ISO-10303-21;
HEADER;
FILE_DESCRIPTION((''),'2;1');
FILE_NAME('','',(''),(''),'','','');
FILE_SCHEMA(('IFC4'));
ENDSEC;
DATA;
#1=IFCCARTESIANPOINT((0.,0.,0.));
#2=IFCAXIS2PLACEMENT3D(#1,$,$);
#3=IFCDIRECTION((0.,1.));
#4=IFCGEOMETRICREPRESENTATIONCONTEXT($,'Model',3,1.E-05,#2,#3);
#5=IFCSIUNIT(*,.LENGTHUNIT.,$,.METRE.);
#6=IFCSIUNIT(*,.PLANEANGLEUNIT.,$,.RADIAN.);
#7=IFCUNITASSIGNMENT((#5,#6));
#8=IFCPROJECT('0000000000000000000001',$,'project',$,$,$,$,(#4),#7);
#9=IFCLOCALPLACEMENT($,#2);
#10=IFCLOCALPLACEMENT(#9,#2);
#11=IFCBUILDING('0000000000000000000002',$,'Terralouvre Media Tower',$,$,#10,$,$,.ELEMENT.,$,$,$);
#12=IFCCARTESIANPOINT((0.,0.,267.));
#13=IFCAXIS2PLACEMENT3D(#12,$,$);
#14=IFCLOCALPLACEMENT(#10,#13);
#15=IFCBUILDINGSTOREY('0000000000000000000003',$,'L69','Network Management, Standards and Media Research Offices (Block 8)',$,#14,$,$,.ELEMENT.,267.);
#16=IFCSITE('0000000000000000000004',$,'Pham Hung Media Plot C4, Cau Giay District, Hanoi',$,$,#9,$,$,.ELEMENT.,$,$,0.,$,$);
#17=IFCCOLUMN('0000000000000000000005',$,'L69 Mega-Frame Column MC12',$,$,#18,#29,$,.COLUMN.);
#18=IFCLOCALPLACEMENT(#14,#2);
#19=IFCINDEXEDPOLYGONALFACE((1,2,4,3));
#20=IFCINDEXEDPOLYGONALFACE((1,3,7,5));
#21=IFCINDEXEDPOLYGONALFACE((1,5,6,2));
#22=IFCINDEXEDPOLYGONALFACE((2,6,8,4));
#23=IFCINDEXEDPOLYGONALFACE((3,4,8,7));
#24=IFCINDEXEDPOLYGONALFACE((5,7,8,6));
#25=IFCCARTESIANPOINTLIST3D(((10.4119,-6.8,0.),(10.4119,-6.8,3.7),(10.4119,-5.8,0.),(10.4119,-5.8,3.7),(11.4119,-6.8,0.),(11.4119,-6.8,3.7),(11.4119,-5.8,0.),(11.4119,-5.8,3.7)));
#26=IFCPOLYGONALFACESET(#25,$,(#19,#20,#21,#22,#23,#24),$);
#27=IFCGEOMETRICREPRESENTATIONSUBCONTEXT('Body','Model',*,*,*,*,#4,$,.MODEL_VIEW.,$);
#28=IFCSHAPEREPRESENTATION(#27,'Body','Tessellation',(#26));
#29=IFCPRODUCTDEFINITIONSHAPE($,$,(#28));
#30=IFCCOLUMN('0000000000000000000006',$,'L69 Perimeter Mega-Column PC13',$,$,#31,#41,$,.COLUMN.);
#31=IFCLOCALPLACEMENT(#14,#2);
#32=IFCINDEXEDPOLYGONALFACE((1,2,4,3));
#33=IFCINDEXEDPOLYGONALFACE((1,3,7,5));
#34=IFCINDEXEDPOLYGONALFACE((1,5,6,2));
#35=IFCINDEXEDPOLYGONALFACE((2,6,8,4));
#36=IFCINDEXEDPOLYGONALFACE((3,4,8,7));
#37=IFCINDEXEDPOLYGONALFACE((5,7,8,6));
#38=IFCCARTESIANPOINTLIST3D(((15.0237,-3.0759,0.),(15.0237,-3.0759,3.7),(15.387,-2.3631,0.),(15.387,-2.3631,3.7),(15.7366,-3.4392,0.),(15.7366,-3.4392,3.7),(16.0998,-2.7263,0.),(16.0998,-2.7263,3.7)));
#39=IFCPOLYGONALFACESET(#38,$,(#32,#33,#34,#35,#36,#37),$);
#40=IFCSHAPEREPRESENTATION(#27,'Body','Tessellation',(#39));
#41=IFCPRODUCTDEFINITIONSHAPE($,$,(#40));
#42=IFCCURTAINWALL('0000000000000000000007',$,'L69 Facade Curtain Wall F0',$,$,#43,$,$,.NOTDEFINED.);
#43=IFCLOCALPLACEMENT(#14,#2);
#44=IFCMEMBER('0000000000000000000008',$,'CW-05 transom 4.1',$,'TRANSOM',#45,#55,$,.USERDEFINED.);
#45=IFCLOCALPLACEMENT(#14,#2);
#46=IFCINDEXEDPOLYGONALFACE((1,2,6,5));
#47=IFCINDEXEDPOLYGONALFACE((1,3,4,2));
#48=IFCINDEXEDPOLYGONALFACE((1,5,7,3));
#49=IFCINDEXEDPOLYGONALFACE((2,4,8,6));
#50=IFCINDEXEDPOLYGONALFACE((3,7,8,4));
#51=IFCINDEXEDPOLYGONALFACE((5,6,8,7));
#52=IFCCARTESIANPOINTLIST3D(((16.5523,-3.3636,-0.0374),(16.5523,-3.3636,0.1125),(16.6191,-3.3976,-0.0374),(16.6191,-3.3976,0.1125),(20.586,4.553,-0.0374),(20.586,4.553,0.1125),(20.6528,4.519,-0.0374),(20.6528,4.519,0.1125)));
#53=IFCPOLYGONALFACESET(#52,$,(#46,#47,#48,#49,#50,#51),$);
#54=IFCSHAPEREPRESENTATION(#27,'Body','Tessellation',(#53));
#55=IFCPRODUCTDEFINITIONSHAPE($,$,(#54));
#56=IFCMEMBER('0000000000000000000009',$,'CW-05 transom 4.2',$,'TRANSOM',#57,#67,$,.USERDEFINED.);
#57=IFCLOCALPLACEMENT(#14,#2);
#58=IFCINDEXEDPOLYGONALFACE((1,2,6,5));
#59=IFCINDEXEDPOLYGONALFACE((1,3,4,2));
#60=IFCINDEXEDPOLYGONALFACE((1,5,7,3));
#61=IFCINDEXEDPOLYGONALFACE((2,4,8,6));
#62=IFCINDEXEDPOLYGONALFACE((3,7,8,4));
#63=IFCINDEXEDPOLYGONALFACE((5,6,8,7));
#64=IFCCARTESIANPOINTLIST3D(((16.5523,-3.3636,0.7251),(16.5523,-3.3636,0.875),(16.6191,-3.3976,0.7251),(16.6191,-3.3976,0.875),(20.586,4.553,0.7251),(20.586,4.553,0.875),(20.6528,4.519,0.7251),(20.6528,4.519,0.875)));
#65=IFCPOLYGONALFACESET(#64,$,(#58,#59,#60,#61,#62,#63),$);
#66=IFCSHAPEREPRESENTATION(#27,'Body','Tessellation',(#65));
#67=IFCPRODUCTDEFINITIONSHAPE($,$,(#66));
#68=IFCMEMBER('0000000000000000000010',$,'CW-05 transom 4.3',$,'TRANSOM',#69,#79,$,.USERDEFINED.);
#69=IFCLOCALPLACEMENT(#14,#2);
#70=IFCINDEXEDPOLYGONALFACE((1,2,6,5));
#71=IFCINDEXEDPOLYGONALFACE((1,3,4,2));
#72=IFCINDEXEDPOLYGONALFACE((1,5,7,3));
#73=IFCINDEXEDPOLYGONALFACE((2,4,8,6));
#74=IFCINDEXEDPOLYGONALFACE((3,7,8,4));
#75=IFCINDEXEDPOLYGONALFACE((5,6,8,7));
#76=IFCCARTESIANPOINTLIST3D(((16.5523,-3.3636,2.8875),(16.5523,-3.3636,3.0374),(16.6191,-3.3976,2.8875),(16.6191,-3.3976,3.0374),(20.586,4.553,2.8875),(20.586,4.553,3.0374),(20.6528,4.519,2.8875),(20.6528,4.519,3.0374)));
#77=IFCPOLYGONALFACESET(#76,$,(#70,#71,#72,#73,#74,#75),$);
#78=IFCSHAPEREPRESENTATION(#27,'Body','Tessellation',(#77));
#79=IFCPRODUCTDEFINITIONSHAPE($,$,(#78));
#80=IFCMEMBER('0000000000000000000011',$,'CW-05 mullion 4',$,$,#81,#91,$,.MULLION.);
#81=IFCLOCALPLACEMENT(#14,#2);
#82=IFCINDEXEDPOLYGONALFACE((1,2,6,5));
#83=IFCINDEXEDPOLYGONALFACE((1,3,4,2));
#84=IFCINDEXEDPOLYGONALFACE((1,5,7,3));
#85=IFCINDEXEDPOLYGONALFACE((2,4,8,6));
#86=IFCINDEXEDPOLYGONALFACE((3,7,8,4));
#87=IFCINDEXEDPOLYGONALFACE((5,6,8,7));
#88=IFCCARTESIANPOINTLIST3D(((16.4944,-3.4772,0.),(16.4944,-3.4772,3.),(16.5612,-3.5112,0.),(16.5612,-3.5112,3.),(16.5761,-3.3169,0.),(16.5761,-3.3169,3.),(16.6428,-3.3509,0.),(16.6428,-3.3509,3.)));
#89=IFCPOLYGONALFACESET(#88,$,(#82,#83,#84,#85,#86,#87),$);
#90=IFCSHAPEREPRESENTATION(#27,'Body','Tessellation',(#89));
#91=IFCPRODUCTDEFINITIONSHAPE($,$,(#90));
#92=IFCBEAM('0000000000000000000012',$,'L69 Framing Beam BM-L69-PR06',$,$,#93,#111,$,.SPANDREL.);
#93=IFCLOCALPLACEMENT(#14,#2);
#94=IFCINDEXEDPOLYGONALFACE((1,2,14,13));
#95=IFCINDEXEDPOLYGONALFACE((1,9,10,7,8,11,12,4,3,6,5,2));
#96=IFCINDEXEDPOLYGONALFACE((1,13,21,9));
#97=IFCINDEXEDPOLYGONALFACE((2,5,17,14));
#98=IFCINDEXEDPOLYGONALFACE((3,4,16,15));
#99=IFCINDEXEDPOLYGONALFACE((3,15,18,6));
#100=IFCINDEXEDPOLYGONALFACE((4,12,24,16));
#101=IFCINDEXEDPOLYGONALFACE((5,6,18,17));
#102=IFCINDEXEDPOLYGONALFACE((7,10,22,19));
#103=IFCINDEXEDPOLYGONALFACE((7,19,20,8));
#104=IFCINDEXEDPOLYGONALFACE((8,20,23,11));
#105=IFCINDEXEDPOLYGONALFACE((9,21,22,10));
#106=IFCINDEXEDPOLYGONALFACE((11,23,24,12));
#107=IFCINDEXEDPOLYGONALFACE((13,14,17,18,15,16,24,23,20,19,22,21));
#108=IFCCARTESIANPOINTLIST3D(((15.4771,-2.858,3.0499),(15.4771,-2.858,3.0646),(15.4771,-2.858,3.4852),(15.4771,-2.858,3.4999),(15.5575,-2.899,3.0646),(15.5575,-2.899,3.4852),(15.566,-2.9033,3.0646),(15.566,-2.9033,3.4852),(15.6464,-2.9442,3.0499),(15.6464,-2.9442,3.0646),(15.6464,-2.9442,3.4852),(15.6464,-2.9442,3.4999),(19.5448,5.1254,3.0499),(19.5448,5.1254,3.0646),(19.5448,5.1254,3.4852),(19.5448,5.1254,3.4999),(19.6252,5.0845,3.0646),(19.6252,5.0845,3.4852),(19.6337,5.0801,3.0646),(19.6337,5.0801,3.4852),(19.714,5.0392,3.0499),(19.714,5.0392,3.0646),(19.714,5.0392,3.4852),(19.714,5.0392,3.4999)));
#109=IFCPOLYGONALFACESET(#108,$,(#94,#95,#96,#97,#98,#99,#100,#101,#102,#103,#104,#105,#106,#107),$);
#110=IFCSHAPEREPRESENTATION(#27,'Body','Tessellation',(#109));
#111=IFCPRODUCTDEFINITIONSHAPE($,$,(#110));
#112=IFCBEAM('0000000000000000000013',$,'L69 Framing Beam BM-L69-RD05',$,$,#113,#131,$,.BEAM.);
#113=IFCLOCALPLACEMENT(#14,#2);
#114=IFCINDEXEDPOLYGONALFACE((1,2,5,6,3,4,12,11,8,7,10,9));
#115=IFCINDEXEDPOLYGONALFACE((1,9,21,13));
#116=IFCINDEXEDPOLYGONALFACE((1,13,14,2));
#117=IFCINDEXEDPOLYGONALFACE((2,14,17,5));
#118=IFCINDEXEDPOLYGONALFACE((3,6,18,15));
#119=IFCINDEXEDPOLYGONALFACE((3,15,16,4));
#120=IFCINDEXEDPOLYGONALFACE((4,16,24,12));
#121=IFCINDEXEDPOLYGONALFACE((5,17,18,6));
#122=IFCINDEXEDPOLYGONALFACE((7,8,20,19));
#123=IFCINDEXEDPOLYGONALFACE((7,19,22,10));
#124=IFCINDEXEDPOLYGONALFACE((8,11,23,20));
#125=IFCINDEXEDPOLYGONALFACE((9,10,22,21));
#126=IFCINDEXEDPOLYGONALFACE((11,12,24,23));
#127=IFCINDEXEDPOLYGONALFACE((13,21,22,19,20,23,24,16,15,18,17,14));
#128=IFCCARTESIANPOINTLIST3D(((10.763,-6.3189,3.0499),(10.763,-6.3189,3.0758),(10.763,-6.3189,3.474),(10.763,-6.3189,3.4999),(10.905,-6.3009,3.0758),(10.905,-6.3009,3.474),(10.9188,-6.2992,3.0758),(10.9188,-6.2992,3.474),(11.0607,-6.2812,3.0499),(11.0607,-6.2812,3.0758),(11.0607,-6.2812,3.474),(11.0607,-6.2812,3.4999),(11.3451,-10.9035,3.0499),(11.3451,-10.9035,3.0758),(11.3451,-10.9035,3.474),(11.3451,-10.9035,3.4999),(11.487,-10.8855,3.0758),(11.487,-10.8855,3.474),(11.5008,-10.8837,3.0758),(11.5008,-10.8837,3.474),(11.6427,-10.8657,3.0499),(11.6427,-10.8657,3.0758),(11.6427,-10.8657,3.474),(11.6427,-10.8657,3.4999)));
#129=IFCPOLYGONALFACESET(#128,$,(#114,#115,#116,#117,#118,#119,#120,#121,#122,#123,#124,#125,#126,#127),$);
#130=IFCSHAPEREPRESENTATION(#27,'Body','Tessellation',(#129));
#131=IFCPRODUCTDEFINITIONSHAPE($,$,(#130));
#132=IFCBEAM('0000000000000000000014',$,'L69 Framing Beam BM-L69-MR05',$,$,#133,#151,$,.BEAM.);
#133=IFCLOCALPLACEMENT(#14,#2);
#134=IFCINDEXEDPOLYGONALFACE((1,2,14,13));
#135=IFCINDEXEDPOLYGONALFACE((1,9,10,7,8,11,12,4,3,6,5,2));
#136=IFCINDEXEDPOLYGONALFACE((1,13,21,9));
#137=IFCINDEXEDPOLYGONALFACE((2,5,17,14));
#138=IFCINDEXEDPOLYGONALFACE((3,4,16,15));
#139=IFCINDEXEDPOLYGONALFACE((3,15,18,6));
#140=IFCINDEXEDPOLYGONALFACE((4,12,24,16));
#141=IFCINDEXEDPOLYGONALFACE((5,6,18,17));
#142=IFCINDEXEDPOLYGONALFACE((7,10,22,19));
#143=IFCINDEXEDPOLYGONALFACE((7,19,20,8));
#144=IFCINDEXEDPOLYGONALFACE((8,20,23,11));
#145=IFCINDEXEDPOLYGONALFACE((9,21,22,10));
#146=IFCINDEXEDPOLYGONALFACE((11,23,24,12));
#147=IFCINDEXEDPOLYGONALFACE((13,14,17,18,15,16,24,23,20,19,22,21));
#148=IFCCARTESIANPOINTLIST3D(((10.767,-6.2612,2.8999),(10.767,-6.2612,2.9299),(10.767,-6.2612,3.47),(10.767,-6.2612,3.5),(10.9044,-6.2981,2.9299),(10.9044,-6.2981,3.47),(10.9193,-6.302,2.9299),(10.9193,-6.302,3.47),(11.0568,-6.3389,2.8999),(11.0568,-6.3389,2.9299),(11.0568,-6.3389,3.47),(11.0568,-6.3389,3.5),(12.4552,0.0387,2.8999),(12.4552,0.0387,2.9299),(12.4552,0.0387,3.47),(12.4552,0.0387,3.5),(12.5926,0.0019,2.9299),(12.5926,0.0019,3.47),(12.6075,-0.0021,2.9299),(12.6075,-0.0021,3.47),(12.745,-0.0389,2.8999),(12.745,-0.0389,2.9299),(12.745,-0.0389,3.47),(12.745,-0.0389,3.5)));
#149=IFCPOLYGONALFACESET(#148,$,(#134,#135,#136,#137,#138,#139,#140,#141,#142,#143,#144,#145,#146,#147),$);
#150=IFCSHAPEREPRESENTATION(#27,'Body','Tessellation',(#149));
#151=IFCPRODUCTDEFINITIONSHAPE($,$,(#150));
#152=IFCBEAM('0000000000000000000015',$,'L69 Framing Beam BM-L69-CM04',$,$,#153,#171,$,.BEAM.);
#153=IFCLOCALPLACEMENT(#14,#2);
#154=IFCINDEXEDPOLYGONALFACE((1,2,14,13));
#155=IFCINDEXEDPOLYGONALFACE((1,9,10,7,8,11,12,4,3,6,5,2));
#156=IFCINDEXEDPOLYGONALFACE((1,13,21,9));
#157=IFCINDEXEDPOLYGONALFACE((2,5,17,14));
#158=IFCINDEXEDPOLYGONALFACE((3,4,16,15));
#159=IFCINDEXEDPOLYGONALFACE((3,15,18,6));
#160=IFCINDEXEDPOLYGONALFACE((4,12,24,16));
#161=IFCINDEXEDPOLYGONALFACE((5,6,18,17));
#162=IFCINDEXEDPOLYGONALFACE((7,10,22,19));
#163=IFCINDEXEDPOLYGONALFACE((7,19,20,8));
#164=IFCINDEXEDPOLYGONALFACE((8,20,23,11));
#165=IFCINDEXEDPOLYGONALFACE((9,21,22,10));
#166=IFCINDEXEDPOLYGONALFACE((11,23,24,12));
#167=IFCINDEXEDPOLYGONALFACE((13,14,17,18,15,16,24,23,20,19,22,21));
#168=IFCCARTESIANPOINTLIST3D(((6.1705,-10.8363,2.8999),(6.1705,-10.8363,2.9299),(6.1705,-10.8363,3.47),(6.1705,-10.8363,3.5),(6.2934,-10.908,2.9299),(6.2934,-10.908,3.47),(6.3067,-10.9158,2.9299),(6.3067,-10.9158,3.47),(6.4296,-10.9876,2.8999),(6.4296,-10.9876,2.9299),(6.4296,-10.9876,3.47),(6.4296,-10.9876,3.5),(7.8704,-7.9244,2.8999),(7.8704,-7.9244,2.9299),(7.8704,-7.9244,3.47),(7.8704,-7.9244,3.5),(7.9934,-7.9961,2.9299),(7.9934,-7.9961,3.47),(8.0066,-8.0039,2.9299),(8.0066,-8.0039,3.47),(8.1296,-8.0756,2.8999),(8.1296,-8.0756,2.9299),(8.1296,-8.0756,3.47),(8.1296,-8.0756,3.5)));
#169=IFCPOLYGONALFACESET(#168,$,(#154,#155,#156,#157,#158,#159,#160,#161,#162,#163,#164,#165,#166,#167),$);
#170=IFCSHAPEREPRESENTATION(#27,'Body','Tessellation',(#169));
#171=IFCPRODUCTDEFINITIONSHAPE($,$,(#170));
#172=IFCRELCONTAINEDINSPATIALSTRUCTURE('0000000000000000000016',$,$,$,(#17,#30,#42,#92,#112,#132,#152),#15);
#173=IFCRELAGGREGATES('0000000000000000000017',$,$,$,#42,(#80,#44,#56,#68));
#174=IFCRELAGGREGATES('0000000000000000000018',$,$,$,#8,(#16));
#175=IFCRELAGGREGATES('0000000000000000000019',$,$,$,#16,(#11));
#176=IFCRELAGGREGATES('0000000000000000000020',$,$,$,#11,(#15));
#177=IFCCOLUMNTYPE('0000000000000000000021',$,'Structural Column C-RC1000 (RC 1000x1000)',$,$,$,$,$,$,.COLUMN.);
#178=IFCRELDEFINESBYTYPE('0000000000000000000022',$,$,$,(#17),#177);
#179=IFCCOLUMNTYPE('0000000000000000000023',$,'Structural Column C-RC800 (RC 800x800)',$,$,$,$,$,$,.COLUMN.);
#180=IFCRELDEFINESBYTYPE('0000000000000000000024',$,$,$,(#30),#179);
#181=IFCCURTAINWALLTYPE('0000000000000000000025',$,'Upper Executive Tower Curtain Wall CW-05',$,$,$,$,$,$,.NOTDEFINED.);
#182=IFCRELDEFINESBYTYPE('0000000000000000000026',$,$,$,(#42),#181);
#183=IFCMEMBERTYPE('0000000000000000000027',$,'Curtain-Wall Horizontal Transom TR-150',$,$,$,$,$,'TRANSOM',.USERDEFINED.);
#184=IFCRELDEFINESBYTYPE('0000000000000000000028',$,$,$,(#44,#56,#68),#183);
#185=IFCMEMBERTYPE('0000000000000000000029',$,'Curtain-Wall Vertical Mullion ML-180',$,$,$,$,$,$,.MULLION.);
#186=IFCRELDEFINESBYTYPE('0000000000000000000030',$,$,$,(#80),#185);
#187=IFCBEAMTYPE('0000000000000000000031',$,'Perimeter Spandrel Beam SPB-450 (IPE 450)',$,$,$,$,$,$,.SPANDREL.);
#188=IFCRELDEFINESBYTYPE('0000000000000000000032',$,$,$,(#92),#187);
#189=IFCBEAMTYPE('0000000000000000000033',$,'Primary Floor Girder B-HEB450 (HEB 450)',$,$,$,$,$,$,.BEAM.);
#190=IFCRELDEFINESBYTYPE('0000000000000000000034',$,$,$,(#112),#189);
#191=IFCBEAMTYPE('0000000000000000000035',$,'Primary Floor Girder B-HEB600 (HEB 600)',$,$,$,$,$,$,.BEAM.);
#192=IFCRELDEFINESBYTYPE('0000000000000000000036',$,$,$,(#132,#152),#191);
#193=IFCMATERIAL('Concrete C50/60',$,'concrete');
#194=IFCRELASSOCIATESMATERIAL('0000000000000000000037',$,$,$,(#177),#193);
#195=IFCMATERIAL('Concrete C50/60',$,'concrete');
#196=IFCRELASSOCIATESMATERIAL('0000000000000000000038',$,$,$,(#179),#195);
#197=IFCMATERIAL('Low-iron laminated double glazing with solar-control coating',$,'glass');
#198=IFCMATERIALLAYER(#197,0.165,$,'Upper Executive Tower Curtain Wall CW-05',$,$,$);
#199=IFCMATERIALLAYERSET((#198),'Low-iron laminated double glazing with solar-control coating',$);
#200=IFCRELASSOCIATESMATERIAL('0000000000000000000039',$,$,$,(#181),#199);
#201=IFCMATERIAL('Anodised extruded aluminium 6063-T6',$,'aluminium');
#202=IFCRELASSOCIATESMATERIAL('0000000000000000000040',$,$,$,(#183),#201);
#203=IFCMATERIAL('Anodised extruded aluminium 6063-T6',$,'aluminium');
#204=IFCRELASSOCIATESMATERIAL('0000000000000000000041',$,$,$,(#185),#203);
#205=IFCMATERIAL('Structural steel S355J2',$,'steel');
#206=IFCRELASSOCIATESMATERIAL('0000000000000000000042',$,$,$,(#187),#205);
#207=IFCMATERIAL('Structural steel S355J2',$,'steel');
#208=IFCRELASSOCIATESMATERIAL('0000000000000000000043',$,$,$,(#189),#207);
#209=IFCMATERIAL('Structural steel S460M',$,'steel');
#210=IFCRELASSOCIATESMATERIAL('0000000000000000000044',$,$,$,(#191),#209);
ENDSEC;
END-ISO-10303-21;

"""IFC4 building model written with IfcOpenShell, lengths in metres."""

from ifc_helpers import new_model, si_unit, direction, frame, origin, origin_2d, place, context, subcontext, project, spatial, rectangle, i_section, extrude, material, layer, layer_set, material_profile, profile_set, type_object, element, aggregate, save


model = new_model("IFC4")

# Units and contexts
model_context = context("Model", 3, precision=1e-05, world=origin(), true_north=direction((0.0, 1.0)))
body_context = subcontext(model_context, "Body", "Model", "MODEL_VIEW")
ifc_project = project(units=[si_unit("LENGTHUNIT", "METRE"), si_unit("PLANEANGLEUNIT", "RADIAN")], contexts=[model_context])

# Site, building, storey
site_placement = place(None, origin())
site = spatial("IfcSite", under=ifc_project, at=site_placement, Name="Pham Hung Media Plot C4, Cau Giay District, Hanoi", CompositionType="ELEMENT", RefElevation=0.0)
building_placement = place(site_placement, origin())
building = spatial("IfcBuilding", under=site, at=building_placement, Name="Terralouvre Media Tower", CompositionType="ELEMENT")
storey_placement = place(building_placement, frame((0.0, 0.0, 267.0)))
storey = spatial("IfcBuildingStorey", under=building, at=storey_placement, Name="L69", Description="Network Management, Standards and Media Research Offices (Block 8)", CompositionType="ELEMENT", Elevation=267.0)

# Columns
ifc_material_1 = material(Name="Concrete C50/60", Category="concrete")
ifc_material_profile_1 = material_profile(ifc_material_1, rectangle(XDim=1.0, YDim=1.0, at=origin_2d()), Name="RC 1000x1000")
ifc_profile_set_1 = profile_set([ifc_material_profile_1], Name="Concrete C50/60")
column_type_1 = type_object("IfcColumnType", Name="Structural Column C-RC1000 (RC 1000x1000)", PredefinedType="COLUMN", material=ifc_profile_set_1)
column_1_placement = place(storey_placement, frame((10.9119, -6.3, 0.0), z_axis=(0.0, 0.0, 1.0), x_axis=(1.0, 0.0, 0.0)))
element("IfcColumn", 1, at=column_1_placement, inside=storey, type_object=column_type_1, Name="L69 Mega-Frame Column MC12", PredefinedType="COLUMN", context=body_context, shape_type="SweptSolid", body=[
    extrude(rectangle(XDim=1.0, YDim=1.0, at=origin_2d()), origin(), (0.0, 0.0, 1.0), 3.7),
])
ifc_material_2 = material(Name="Concrete C50/60", Category="concrete")
ifc_material_profile_2 = material_profile(ifc_material_2, rectangle(XDim=0.8, YDim=0.8, at=origin_2d()), Name="RC 800x800")
ifc_profile_set_2 = profile_set([ifc_material_profile_2], Name="Concrete C50/60")
column_type_2 = type_object("IfcColumnType", Name="Structural Column C-RC800 (RC 800x800)", PredefinedType="COLUMN", material=ifc_profile_set_2)
column_2_placement = place(storey_placement, frame((15.5618, -2.9011, 0.0), z_axis=(0.0, 0.0, 1.0), x_axis=(0.45399, 0.891007, 0.0)))
element("IfcColumn", 2, at=column_2_placement, inside=storey, type_object=column_type_2, Name="L69 Perimeter Mega-Column PC13", PredefinedType="COLUMN", context=body_context, shape_type="SweptSolid", body=[
    extrude(rectangle(XDim=0.8, YDim=0.8, at=origin_2d()), origin(), (0.0, 0.0, 1.0), 3.7),
])

# Curtain wall, members
ifc_material_3 = material(Name="Low-iron laminated double glazing with solar-control coating", Category="glass")
ifc_layer_1 = layer(ifc_material_3, 0.165, Name="Upper Executive Tower Curtain Wall CW-05")
ifc_layer_set_1 = layer_set([ifc_layer_1], Name="Low-iron laminated double glazing with solar-control coating")
curtain_wall_type = type_object("IfcCurtainWallType", Name="Upper Executive Tower Curtain Wall CW-05", PredefinedType="NOTDEFINED", material=ifc_layer_set_1)
curtain_wall_placement = place(storey_placement, origin())
curtain_wall = element("IfcCurtainWall", 3, at=curtain_wall_placement, inside=storey, type_object=curtain_wall_type, Name="L69 Facade Curtain Wall F0", PredefinedType="NOTDEFINED")
ifc_material_4 = material(Name="Anodised extruded aluminium 6063-T6", Category="aluminium")
ifc_material_profile_3 = material_profile(ifc_material_4, rectangle(XDim=0.075, YDim=0.1499, at=origin_2d()), Name="ALU 75x150")
ifc_profile_set_3 = profile_set([ifc_material_profile_3], Name="Anodised extruded aluminium 6063-T6")
member_type_1 = type_object("IfcMemberType", Name="Curtain-Wall Horizontal Transom TR-150", ElementType="TRANSOM", PredefinedType="USERDEFINED", material=ifc_profile_set_3)
member_1_placement = place(storey_placement, frame((16.5857, -3.3806, 0.0376), z_axis=(0.453993, 0.891005, 0.0), x_axis=(-0.891005, 0.453993, 0.0)))
member_1 = element("IfcMember", 4, at=member_1_placement, type_object=member_type_1, Name="CW-05 transom 4.1", ObjectType="TRANSOM", PredefinedType="USERDEFINED", context=body_context, shape_type="SweptSolid", body=[
    extrude(rectangle(XDim=0.075, YDim=0.1499, at=origin_2d()), origin(), (0.0, 0.0, 1.0), 8.885),
])
member_2_placement = place(storey_placement, frame((16.5857, -3.3806, 0.8), z_axis=(0.453993, 0.891005, 0.0), x_axis=(-0.891005, 0.453993, 0.0)))
member_2 = element("IfcMember", 5, at=member_2_placement, type_object=member_type_1, Name="CW-05 transom 4.2", ObjectType="TRANSOM", PredefinedType="USERDEFINED", context=body_context, shape_type="SweptSolid", body=[
    extrude(rectangle(XDim=0.075, YDim=0.1499, at=origin_2d()), origin(), (0.0, 0.0, 1.0), 8.885),
])
member_3_placement = place(storey_placement, frame((16.5857, -3.3806, 2.9624), z_axis=(0.453993, 0.891005, 0.0), x_axis=(-0.891005, 0.453993, 0.0)))
member_3 = element("IfcMember", 6, at=member_3_placement, type_object=member_type_1, Name="CW-05 transom 4.3", ObjectType="TRANSOM", PredefinedType="USERDEFINED", context=body_context, shape_type="SweptSolid", body=[
    extrude(rectangle(XDim=0.075, YDim=0.1499, at=origin_2d()), origin(), (0.0, 0.0, 1.0), 8.885),
])
ifc_material_5 = material(Name="Anodised extruded aluminium 6063-T6", Category="aluminium")
ifc_material_profile_4 = material_profile(ifc_material_5, rectangle(XDim=0.075, YDim=0.1799, at=origin_2d()), Name="ALU 75x180")
ifc_profile_set_4 = profile_set([ifc_material_profile_4], Name="Anodised extruded aluminium 6063-T6")
member_type_2 = type_object("IfcMemberType", Name="Curtain-Wall Vertical Mullion ML-180", PredefinedType="MULLION", material=ifc_profile_set_4)
member_4_placement = place(storey_placement, frame((16.5686, -3.4141, 0.0), z_axis=(0.0, 0.0, 1.0), x_axis=(-0.891007, 0.45399, 0.0)))
member_4 = element("IfcMember", 7, at=member_4_placement, type_object=member_type_2, Name="CW-05 mullion 4", PredefinedType="MULLION", context=body_context, shape_type="SweptSolid", body=[
    extrude(rectangle(XDim=0.075, YDim=0.1799, at=origin_2d()), origin(), (0.0, 0.0, 1.0), 3.0),
])

# Beams
ifc_material_6 = material(Name="Structural steel S355J2", Category="steel")
ifc_material_profile_5 = material_profile(ifc_material_6, i_section(OverallWidth=0.1899, OverallDepth=0.45, WebThickness=0.0095, FlangeThickness=0.0146, at=origin_2d()), Name="IPE 450")
ifc_profile_set_5 = profile_set([ifc_material_profile_5], Name="Structural steel S355J2")
beam_type_1 = type_object("IfcBeamType", Name="Perimeter Spandrel Beam SPB-450 (IPE 450)", PredefinedType="SPANDREL", material=ifc_profile_set_5)
beam_1_placement = place(storey_placement, frame((15.5618, -2.9011, 3.2749), z_axis=(0.45398, 0.891012, 0.0), x_axis=(-0.891012, 0.45398, 0.0)))
element("IfcBeam", 8, at=beam_1_placement, inside=storey, type_object=beam_type_1, Name="L69 Framing Beam BM-L69-PR06", PredefinedType="SPANDREL", context=body_context, shape_type="SweptSolid", body=[
    extrude(i_section(OverallWidth=0.1899, OverallDepth=0.45, WebThickness=0.0095, FlangeThickness=0.0146, at=origin_2d()), origin(), (0.0, 0.0, 1.0), 8.96),
])
ifc_material_7 = material(Name="Structural steel S355J2", Category="steel")
ifc_material_profile_6 = material_profile(ifc_material_7, i_section(OverallWidth=0.3, OverallDepth=0.45, WebThickness=0.0139, FlangeThickness=0.0259, at=origin_2d()), Name="HEB 450")
ifc_profile_set_6 = profile_set([ifc_material_profile_6], Name="Structural steel S355J2")
beam_type_2 = type_object("IfcBeamType", Name="Primary Floor Girder B-HEB450 (HEB 450)", PredefinedType="BEAM", material=ifc_profile_set_6)
beam_2_placement = place(storey_placement, frame((10.9119, -6.3, 3.2749), z_axis=(0.125946, -0.992037, 0.0), x_axis=(0.992037, 0.125946, 0.0)))
element("IfcBeam", 9, at=beam_2_placement, inside=storey, type_object=beam_type_2, Name="L69 Framing Beam BM-L69-RD05", PredefinedType="BEAM", context=body_context, shape_type="SweptSolid", body=[
    extrude(i_section(OverallWidth=0.3, OverallDepth=0.45, WebThickness=0.0139, FlangeThickness=0.0259, at=origin_2d()), origin(), (0.0, 0.0, 1.0), 4.6213),
])
ifc_material_8 = material(Name="Structural steel S460M", Category="steel")
ifc_material_profile_7 = material_profile(ifc_material_8, i_section(OverallWidth=0.3, OverallDepth=0.6001, WebThickness=0.0154, FlangeThickness=0.03, at=origin_2d()), Name="HEB 600")
ifc_profile_set_7 = profile_set([ifc_material_profile_7], Name="Structural steel S460M")
beam_type_3 = type_object("IfcBeamType", Name="Primary Floor Girder B-HEB600 (HEB 600)", PredefinedType="BEAM", material=ifc_profile_set_7)
beam_3_placement = place(storey_placement, frame((10.9119, -6.3, 3.2), z_axis=(0.258839, 0.96592, 0.0), x_axis=(-0.96592, 0.258839, 0.0)))
element("IfcBeam", 10, at=beam_3_placement, inside=storey, type_object=beam_type_3, Name="L69 Framing Beam BM-L69-MR05", PredefinedType="BEAM", context=body_context, shape_type="SweptSolid", body=[
    extrude(i_section(OverallWidth=0.3, OverallDepth=0.6001, WebThickness=0.0154, FlangeThickness=0.03, at=origin_2d()), origin(), (0.0, 0.0, 1.0), 6.5222),
])
for number, where, z_axis, x_axis, name in (
    (11, (8.0, -8.0, 3.2), (-0.504173, -0.863603, 0.0), (0.863603, -0.504173, 0.0), "L69 Framing Beam BM-L69-CM04"),
):
    element("IfcBeam", number, at=place(storey_placement, frame(where, z_axis=z_axis, x_axis=x_axis)), inside=storey, type_object=beam_type_3, Name=name, PredefinedType="BEAM", context=body_context, shape_type="SweptSolid", body=[
        extrude(i_section(OverallWidth=0.3, OverallDepth=0.6001, WebThickness=0.0154, FlangeThickness=0.03, at=origin_2d()), origin(), (0.0, 0.0, 1.0), 3.3718),
    ])

aggregate(curtain_wall, [member_4, member_1, member_2, member_3])

save(model, "model.ifc")
